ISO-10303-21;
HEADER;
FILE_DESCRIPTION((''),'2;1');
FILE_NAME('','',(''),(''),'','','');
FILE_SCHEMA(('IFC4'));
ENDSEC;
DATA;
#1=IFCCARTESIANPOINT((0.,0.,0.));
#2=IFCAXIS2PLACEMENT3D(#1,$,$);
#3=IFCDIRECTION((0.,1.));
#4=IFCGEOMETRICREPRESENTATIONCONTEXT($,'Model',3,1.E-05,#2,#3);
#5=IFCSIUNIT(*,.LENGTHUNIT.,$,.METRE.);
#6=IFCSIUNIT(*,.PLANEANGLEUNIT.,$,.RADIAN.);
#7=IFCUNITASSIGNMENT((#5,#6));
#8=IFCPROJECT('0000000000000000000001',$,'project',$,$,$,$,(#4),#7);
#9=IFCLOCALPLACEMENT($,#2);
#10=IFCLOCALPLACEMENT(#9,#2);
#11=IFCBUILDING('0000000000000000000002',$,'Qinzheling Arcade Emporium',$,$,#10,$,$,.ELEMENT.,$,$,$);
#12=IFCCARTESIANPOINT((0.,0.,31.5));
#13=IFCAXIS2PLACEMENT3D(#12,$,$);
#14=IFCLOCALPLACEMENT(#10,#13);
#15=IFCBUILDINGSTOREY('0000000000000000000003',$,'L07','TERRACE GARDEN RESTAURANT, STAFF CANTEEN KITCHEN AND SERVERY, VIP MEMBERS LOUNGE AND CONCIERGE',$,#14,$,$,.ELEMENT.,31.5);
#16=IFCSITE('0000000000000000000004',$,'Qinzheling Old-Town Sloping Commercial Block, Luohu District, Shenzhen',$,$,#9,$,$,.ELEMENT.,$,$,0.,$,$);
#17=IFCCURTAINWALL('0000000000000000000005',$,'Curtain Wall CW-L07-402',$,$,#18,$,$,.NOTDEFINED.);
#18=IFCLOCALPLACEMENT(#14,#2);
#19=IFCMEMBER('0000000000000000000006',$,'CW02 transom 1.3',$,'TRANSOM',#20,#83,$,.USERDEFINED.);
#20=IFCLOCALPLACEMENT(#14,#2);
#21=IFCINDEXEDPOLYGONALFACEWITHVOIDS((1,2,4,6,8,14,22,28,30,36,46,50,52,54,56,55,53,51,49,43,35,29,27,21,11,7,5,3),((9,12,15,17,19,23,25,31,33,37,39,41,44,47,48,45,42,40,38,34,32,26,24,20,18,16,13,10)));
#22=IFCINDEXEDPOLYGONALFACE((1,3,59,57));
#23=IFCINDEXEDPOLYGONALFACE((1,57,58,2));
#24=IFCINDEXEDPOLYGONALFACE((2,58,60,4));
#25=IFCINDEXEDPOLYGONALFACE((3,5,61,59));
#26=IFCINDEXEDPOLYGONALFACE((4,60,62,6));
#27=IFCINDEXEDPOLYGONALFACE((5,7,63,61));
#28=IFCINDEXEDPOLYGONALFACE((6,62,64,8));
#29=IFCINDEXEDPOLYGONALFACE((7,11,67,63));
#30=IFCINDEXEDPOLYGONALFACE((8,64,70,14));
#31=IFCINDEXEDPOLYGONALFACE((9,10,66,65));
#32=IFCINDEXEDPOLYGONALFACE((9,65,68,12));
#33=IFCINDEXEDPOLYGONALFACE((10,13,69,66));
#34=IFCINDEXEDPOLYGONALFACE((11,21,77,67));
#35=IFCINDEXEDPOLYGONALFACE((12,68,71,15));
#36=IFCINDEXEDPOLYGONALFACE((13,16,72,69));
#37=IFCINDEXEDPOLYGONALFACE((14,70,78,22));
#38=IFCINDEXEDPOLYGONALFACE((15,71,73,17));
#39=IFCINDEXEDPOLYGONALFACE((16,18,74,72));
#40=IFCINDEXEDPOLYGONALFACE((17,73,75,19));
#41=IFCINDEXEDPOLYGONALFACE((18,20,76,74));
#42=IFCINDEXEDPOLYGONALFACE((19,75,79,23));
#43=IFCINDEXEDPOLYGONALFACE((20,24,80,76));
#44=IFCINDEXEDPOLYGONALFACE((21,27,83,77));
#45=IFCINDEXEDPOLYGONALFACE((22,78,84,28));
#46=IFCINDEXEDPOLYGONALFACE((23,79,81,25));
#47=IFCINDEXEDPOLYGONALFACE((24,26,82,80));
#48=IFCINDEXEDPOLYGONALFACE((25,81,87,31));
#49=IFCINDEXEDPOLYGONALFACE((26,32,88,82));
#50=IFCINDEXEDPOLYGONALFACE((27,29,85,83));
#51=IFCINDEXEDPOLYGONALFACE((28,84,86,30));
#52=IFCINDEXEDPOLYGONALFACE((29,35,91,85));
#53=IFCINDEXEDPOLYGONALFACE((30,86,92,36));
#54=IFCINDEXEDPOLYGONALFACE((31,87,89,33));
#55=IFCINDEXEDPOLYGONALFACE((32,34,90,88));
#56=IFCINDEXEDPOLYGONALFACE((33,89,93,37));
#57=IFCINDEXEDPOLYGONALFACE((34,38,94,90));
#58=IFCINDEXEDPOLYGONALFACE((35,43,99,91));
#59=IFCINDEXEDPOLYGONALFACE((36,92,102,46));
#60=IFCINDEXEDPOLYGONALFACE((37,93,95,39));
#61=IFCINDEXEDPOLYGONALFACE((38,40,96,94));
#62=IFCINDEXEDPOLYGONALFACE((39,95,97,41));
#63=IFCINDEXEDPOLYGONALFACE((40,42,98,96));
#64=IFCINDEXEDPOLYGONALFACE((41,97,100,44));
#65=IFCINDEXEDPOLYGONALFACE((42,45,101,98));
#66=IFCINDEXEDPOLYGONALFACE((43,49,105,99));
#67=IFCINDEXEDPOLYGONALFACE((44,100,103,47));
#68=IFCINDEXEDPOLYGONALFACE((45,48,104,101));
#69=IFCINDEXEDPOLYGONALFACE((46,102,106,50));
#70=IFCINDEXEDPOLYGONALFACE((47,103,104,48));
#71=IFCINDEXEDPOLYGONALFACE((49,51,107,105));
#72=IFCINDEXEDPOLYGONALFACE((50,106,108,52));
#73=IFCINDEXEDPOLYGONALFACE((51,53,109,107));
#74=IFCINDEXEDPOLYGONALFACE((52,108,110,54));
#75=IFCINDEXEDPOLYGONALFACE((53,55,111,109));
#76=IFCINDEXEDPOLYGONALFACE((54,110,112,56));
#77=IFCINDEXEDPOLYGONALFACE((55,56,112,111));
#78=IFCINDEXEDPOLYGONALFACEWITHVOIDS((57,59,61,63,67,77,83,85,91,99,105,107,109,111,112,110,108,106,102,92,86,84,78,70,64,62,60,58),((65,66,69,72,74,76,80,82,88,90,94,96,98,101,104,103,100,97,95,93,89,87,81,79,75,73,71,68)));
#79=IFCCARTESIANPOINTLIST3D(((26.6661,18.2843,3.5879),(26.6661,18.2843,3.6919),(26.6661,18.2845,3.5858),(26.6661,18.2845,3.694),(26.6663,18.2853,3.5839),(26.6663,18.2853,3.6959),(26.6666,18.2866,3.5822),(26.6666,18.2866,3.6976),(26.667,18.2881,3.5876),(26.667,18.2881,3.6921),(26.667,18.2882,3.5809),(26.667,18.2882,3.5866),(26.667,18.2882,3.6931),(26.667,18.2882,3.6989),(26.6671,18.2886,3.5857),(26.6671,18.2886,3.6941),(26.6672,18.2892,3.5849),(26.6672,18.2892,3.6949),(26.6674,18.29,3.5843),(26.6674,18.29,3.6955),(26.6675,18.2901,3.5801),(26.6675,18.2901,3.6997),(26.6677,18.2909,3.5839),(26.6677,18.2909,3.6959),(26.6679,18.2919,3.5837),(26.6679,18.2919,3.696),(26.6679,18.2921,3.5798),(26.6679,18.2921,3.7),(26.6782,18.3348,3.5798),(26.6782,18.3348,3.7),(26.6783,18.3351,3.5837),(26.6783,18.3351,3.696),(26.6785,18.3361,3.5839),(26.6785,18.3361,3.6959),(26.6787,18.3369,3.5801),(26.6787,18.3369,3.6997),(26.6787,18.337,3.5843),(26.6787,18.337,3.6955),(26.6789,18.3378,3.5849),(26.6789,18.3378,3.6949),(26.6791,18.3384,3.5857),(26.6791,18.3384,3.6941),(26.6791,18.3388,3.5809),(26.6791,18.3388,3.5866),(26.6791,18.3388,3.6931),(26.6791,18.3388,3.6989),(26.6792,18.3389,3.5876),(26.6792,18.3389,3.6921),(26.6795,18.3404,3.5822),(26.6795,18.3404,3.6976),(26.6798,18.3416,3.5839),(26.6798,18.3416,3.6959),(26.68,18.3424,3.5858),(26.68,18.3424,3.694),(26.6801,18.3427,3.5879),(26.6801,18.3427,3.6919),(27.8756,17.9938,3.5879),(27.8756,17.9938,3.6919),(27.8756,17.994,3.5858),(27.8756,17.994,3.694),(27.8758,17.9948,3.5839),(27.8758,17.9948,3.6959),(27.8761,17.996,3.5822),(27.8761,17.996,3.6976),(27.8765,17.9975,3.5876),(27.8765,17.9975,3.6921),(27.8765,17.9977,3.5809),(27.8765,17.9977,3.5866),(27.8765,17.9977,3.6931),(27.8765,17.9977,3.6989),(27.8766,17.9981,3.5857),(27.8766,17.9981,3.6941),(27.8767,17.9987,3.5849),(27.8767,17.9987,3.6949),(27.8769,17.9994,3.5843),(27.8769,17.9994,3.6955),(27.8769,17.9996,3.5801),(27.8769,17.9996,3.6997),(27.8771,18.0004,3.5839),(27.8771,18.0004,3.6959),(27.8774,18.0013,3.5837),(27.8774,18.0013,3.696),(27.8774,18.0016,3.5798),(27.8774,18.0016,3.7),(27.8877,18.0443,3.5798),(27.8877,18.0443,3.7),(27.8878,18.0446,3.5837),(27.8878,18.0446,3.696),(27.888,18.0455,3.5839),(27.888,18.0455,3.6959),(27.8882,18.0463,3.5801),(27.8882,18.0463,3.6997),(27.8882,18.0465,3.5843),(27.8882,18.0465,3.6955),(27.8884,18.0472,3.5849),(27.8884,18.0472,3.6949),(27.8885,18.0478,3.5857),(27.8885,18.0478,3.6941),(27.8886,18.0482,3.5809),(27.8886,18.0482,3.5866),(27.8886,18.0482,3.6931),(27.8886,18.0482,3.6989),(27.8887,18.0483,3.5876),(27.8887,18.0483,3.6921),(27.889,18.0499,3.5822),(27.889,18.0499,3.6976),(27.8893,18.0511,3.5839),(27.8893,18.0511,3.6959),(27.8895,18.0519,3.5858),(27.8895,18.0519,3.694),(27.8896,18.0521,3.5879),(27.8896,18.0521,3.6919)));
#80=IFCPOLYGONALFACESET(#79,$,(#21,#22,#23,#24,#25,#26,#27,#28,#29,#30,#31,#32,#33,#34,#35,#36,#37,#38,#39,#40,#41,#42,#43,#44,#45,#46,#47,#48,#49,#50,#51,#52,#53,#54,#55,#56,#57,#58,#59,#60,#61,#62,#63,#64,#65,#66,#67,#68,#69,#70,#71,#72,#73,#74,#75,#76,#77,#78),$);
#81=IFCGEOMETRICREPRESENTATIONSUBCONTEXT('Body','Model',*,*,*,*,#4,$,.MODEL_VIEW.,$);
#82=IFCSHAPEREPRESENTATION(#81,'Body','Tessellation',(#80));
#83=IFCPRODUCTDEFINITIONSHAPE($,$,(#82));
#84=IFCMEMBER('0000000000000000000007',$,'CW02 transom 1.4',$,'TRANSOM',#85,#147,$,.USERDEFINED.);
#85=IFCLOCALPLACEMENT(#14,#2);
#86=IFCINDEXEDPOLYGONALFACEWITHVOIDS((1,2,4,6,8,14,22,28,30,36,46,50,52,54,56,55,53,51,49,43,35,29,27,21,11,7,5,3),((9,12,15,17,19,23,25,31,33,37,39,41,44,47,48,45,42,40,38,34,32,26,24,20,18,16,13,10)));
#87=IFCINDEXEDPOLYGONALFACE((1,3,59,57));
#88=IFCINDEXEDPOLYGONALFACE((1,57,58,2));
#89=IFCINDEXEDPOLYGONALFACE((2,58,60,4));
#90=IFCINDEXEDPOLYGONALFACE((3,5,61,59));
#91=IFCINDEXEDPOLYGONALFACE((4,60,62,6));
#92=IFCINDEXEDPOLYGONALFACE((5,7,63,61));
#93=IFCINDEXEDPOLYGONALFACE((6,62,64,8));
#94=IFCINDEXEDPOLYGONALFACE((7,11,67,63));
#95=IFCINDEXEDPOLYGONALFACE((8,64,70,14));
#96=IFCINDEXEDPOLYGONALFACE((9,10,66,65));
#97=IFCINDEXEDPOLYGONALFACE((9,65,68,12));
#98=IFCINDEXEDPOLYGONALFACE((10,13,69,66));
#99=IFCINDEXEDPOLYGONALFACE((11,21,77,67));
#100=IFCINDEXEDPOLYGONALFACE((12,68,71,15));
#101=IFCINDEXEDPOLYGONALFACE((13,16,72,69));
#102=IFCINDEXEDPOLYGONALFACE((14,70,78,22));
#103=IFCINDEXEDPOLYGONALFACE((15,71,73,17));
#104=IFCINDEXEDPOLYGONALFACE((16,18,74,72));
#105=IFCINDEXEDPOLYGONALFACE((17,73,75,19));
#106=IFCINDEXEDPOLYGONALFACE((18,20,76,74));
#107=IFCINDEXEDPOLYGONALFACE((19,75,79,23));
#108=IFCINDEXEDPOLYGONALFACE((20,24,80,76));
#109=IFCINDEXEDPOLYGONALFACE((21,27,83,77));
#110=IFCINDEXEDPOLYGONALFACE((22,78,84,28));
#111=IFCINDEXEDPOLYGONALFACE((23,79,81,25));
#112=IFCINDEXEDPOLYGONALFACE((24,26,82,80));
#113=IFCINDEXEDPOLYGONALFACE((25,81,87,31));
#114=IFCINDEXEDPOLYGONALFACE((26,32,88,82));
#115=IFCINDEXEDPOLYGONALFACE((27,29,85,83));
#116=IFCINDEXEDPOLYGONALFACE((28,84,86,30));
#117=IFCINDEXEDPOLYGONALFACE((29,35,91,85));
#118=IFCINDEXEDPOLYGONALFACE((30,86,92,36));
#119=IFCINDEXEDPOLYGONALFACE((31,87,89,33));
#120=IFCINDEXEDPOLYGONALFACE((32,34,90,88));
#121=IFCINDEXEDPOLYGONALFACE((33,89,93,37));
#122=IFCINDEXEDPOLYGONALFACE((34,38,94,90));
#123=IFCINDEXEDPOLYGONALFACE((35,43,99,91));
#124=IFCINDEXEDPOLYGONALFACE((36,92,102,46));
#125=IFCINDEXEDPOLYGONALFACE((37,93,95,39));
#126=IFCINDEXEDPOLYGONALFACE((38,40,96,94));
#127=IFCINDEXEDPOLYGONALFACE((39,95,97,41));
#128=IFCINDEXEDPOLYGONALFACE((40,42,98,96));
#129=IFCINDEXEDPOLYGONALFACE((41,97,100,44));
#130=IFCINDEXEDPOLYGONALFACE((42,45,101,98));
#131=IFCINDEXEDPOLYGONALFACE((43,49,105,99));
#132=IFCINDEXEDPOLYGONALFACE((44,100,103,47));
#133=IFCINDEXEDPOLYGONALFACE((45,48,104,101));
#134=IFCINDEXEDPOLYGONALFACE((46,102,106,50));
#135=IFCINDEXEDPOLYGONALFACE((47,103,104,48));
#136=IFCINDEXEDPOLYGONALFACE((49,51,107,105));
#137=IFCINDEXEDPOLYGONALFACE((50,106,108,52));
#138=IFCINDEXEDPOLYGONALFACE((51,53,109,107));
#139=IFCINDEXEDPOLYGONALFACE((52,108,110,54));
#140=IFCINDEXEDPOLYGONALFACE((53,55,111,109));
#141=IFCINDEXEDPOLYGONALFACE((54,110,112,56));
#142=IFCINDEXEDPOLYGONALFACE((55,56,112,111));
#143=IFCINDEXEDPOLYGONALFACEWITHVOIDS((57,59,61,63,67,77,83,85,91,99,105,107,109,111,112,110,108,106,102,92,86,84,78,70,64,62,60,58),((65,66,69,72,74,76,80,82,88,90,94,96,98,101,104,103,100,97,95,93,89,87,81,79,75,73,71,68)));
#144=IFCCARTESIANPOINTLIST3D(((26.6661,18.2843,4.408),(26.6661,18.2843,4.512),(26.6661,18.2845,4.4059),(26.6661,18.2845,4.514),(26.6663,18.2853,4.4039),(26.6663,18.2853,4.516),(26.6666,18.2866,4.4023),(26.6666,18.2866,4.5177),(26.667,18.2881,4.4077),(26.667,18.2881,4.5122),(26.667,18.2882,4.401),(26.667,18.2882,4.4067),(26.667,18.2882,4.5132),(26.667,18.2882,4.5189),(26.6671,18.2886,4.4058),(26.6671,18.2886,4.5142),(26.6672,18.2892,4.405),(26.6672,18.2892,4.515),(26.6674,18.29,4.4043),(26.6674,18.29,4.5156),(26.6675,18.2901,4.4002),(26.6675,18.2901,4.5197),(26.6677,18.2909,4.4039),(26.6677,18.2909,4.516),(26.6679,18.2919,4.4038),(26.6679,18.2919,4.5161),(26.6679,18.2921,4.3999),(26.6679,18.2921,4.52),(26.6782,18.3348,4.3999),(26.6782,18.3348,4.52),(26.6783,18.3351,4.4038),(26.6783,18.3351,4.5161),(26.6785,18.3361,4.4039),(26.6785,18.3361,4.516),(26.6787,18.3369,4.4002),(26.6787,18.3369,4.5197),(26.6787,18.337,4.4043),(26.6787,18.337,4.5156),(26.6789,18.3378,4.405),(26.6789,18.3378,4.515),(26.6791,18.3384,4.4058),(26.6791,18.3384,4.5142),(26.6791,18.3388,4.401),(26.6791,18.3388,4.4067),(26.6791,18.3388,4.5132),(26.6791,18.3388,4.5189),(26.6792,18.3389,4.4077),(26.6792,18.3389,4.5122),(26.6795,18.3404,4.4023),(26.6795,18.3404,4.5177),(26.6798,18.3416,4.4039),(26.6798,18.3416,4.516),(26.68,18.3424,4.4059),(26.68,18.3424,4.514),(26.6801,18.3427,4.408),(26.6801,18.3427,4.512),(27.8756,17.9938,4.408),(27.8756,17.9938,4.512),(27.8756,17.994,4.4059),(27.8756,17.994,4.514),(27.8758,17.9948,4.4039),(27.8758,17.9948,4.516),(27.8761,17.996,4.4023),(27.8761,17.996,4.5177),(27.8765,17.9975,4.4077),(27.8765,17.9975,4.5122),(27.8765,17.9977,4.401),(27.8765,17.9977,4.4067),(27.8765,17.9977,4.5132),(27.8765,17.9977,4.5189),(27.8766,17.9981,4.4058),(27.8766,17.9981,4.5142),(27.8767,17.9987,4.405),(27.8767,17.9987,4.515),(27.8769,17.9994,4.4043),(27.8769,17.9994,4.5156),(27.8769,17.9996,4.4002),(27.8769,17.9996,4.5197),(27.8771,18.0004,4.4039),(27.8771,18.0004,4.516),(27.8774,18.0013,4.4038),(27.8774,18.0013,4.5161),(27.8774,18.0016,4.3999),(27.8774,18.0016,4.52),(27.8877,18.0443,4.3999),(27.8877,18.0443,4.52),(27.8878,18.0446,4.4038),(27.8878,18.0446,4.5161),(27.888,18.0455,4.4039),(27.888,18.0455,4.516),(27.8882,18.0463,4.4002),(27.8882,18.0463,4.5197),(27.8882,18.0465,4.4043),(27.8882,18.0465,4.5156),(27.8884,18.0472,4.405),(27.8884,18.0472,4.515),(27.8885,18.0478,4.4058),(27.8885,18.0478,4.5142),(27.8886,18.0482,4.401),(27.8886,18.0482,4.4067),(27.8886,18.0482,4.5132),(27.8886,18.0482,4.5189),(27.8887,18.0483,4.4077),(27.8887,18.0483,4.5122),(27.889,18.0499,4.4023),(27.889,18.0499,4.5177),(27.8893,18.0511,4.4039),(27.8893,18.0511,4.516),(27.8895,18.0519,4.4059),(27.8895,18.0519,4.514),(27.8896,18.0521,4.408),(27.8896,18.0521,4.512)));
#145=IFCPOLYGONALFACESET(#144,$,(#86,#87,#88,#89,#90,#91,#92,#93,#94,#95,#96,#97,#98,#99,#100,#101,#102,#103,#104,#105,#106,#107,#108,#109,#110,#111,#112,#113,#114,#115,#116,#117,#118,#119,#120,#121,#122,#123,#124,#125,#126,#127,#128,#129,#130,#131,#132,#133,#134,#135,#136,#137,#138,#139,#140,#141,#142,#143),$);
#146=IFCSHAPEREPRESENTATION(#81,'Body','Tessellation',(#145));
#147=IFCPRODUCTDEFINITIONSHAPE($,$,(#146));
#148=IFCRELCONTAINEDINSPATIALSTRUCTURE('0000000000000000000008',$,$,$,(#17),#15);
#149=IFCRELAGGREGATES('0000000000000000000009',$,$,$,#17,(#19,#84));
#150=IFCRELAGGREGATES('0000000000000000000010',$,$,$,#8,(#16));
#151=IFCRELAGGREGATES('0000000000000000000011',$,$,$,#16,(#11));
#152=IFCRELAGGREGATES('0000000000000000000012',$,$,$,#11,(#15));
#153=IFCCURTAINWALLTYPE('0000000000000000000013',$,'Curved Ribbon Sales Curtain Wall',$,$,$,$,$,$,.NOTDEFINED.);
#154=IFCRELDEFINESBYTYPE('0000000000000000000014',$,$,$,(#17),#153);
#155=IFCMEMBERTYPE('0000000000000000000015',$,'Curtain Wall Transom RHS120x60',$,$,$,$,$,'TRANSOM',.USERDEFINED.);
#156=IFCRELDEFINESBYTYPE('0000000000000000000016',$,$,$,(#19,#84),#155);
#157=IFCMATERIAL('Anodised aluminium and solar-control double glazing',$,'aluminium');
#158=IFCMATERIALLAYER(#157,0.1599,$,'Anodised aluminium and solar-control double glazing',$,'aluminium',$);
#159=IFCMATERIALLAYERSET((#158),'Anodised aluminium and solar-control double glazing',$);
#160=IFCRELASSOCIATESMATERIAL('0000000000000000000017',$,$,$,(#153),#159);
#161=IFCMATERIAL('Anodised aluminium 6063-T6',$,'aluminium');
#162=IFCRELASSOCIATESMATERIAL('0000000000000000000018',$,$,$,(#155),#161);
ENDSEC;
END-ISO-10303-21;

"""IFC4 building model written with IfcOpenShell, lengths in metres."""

from ifc_helpers import new_model, si_unit, direction, frame, origin, origin_2d, place, context, subcontext, project, spatial, hollow_rectangle, extrude, material, layer, layer_set, material_profile, profile_set, type_object, element, aggregate, save


model = new_model("IFC4")

# Units and contexts
model_context = context("Model", 3, precision=1e-05, world=origin(), true_north=direction((0.0, 1.0)))
body_context = subcontext(model_context, "Body", "Model", "MODEL_VIEW")
ifc_project = project(units=[si_unit("LENGTHUNIT", "METRE"), si_unit("PLANEANGLEUNIT", "RADIAN")], contexts=[model_context])

# Site, building, storey
site_placement = place(None, origin())
site = spatial("IfcSite", under=ifc_project, at=site_placement, Name="Qinzheling Old-Town Sloping Commercial Block, Luohu District, Shenzhen", CompositionType="ELEMENT", RefElevation=0.0)
building_placement = place(site_placement, origin())
building = spatial("IfcBuilding", under=site, at=building_placement, Name="Qinzheling Arcade Emporium", CompositionType="ELEMENT")
storey_placement = place(building_placement, frame((0.0, 0.0, 31.5)))
storey = spatial("IfcBuildingStorey", under=building, at=storey_placement, Name="L07", Description="TERRACE GARDEN RESTAURANT, STAFF CANTEEN KITCHEN AND SERVERY, VIP MEMBERS LOUNGE AND CONCIERGE", CompositionType="ELEMENT", Elevation=31.5)

# Curtain wall
ifc_material_1 = material(Name="Anodised aluminium and solar-control double glazing", Category="aluminium")
ifc_layer_1 = layer(ifc_material_1, 0.1599, Name="Anodised aluminium and solar-control double glazing", Category="aluminium")
ifc_layer_set_1 = layer_set([ifc_layer_1], Name="Anodised aluminium and solar-control double glazing")
curtain_wall_type = type_object("IfcCurtainWallType", Name="Curved Ribbon Sales Curtain Wall", PredefinedType="NOTDEFINED", material=ifc_layer_set_1)
curtain_wall_1_placement = place(storey_placement, origin())
curtain_wall_1 = element("IfcCurtainWall", 1, at=curtain_wall_1_placement, inside=storey, type_object=curtain_wall_type, Name="Curtain Wall CW-L07-402", PredefinedType="NOTDEFINED")
ifc_material_2 = material(Name="Anodised aluminium 6063-T6", Category="aluminium")

# Members
ifc_material_profile_1 = material_profile(ifc_material_2, hollow_rectangle(XDim=0.0601, YDim=0.1201, WallThickness=0.0039, InnerFilletRadius=0.0039, OuterFilletRadius=0.0081, at=origin_2d()), Name="RHS 120x60x4", Category="aluminium")
ifc_profile_set_1 = profile_set([ifc_material_profile_1], Name="Anodised aluminium 6063-T6")
member_type_1 = type_object("IfcMemberType", Name="Curtain Wall Transom RHS120x60", ElementType="TRANSOM", PredefinedType="USERDEFINED", material=ifc_profile_set_1)
member_1_placement = place(storey_placement, frame((27.8826, 18.0229, 3.6399), z_axis=(-0.972341, 0.233566, 0.0), x_axis=(-0.233566, -0.972341, 0.0)))
member_1 = element("IfcMember", 2, at=member_1_placement, type_object=member_type_1, Name="CW02 transom 1.3", ObjectType="TRANSOM", PredefinedType="USERDEFINED", context=body_context, shape_type="SweptSolid", body=[
    extrude(hollow_rectangle(XDim=0.0601, YDim=0.1201, WallThickness=0.0039, InnerFilletRadius=0.0039, OuterFilletRadius=0.0081, at=origin_2d()), origin(), (0.0, 0.0, 1.0), 1.2439),
])
member_2_placement = place(storey_placement, frame((27.8826, 18.0229, 4.46), z_axis=(-0.972341, 0.233566, 0.0), x_axis=(-0.233566, -0.972341, 0.0)))
member_2 = element("IfcMember", 3, at=member_2_placement, type_object=member_type_1, Name="CW02 transom 1.4", ObjectType="TRANSOM", PredefinedType="USERDEFINED", context=body_context, shape_type="SweptSolid", body=[
    extrude(hollow_rectangle(XDim=0.0601, YDim=0.1201, WallThickness=0.0039, InnerFilletRadius=0.0039, OuterFilletRadius=0.0081, at=origin_2d()), origin(), (0.0, 0.0, 1.0), 1.2439),
])

aggregate(curtain_wall_1, [member_1, member_2])

save(model, "model.ifc")
